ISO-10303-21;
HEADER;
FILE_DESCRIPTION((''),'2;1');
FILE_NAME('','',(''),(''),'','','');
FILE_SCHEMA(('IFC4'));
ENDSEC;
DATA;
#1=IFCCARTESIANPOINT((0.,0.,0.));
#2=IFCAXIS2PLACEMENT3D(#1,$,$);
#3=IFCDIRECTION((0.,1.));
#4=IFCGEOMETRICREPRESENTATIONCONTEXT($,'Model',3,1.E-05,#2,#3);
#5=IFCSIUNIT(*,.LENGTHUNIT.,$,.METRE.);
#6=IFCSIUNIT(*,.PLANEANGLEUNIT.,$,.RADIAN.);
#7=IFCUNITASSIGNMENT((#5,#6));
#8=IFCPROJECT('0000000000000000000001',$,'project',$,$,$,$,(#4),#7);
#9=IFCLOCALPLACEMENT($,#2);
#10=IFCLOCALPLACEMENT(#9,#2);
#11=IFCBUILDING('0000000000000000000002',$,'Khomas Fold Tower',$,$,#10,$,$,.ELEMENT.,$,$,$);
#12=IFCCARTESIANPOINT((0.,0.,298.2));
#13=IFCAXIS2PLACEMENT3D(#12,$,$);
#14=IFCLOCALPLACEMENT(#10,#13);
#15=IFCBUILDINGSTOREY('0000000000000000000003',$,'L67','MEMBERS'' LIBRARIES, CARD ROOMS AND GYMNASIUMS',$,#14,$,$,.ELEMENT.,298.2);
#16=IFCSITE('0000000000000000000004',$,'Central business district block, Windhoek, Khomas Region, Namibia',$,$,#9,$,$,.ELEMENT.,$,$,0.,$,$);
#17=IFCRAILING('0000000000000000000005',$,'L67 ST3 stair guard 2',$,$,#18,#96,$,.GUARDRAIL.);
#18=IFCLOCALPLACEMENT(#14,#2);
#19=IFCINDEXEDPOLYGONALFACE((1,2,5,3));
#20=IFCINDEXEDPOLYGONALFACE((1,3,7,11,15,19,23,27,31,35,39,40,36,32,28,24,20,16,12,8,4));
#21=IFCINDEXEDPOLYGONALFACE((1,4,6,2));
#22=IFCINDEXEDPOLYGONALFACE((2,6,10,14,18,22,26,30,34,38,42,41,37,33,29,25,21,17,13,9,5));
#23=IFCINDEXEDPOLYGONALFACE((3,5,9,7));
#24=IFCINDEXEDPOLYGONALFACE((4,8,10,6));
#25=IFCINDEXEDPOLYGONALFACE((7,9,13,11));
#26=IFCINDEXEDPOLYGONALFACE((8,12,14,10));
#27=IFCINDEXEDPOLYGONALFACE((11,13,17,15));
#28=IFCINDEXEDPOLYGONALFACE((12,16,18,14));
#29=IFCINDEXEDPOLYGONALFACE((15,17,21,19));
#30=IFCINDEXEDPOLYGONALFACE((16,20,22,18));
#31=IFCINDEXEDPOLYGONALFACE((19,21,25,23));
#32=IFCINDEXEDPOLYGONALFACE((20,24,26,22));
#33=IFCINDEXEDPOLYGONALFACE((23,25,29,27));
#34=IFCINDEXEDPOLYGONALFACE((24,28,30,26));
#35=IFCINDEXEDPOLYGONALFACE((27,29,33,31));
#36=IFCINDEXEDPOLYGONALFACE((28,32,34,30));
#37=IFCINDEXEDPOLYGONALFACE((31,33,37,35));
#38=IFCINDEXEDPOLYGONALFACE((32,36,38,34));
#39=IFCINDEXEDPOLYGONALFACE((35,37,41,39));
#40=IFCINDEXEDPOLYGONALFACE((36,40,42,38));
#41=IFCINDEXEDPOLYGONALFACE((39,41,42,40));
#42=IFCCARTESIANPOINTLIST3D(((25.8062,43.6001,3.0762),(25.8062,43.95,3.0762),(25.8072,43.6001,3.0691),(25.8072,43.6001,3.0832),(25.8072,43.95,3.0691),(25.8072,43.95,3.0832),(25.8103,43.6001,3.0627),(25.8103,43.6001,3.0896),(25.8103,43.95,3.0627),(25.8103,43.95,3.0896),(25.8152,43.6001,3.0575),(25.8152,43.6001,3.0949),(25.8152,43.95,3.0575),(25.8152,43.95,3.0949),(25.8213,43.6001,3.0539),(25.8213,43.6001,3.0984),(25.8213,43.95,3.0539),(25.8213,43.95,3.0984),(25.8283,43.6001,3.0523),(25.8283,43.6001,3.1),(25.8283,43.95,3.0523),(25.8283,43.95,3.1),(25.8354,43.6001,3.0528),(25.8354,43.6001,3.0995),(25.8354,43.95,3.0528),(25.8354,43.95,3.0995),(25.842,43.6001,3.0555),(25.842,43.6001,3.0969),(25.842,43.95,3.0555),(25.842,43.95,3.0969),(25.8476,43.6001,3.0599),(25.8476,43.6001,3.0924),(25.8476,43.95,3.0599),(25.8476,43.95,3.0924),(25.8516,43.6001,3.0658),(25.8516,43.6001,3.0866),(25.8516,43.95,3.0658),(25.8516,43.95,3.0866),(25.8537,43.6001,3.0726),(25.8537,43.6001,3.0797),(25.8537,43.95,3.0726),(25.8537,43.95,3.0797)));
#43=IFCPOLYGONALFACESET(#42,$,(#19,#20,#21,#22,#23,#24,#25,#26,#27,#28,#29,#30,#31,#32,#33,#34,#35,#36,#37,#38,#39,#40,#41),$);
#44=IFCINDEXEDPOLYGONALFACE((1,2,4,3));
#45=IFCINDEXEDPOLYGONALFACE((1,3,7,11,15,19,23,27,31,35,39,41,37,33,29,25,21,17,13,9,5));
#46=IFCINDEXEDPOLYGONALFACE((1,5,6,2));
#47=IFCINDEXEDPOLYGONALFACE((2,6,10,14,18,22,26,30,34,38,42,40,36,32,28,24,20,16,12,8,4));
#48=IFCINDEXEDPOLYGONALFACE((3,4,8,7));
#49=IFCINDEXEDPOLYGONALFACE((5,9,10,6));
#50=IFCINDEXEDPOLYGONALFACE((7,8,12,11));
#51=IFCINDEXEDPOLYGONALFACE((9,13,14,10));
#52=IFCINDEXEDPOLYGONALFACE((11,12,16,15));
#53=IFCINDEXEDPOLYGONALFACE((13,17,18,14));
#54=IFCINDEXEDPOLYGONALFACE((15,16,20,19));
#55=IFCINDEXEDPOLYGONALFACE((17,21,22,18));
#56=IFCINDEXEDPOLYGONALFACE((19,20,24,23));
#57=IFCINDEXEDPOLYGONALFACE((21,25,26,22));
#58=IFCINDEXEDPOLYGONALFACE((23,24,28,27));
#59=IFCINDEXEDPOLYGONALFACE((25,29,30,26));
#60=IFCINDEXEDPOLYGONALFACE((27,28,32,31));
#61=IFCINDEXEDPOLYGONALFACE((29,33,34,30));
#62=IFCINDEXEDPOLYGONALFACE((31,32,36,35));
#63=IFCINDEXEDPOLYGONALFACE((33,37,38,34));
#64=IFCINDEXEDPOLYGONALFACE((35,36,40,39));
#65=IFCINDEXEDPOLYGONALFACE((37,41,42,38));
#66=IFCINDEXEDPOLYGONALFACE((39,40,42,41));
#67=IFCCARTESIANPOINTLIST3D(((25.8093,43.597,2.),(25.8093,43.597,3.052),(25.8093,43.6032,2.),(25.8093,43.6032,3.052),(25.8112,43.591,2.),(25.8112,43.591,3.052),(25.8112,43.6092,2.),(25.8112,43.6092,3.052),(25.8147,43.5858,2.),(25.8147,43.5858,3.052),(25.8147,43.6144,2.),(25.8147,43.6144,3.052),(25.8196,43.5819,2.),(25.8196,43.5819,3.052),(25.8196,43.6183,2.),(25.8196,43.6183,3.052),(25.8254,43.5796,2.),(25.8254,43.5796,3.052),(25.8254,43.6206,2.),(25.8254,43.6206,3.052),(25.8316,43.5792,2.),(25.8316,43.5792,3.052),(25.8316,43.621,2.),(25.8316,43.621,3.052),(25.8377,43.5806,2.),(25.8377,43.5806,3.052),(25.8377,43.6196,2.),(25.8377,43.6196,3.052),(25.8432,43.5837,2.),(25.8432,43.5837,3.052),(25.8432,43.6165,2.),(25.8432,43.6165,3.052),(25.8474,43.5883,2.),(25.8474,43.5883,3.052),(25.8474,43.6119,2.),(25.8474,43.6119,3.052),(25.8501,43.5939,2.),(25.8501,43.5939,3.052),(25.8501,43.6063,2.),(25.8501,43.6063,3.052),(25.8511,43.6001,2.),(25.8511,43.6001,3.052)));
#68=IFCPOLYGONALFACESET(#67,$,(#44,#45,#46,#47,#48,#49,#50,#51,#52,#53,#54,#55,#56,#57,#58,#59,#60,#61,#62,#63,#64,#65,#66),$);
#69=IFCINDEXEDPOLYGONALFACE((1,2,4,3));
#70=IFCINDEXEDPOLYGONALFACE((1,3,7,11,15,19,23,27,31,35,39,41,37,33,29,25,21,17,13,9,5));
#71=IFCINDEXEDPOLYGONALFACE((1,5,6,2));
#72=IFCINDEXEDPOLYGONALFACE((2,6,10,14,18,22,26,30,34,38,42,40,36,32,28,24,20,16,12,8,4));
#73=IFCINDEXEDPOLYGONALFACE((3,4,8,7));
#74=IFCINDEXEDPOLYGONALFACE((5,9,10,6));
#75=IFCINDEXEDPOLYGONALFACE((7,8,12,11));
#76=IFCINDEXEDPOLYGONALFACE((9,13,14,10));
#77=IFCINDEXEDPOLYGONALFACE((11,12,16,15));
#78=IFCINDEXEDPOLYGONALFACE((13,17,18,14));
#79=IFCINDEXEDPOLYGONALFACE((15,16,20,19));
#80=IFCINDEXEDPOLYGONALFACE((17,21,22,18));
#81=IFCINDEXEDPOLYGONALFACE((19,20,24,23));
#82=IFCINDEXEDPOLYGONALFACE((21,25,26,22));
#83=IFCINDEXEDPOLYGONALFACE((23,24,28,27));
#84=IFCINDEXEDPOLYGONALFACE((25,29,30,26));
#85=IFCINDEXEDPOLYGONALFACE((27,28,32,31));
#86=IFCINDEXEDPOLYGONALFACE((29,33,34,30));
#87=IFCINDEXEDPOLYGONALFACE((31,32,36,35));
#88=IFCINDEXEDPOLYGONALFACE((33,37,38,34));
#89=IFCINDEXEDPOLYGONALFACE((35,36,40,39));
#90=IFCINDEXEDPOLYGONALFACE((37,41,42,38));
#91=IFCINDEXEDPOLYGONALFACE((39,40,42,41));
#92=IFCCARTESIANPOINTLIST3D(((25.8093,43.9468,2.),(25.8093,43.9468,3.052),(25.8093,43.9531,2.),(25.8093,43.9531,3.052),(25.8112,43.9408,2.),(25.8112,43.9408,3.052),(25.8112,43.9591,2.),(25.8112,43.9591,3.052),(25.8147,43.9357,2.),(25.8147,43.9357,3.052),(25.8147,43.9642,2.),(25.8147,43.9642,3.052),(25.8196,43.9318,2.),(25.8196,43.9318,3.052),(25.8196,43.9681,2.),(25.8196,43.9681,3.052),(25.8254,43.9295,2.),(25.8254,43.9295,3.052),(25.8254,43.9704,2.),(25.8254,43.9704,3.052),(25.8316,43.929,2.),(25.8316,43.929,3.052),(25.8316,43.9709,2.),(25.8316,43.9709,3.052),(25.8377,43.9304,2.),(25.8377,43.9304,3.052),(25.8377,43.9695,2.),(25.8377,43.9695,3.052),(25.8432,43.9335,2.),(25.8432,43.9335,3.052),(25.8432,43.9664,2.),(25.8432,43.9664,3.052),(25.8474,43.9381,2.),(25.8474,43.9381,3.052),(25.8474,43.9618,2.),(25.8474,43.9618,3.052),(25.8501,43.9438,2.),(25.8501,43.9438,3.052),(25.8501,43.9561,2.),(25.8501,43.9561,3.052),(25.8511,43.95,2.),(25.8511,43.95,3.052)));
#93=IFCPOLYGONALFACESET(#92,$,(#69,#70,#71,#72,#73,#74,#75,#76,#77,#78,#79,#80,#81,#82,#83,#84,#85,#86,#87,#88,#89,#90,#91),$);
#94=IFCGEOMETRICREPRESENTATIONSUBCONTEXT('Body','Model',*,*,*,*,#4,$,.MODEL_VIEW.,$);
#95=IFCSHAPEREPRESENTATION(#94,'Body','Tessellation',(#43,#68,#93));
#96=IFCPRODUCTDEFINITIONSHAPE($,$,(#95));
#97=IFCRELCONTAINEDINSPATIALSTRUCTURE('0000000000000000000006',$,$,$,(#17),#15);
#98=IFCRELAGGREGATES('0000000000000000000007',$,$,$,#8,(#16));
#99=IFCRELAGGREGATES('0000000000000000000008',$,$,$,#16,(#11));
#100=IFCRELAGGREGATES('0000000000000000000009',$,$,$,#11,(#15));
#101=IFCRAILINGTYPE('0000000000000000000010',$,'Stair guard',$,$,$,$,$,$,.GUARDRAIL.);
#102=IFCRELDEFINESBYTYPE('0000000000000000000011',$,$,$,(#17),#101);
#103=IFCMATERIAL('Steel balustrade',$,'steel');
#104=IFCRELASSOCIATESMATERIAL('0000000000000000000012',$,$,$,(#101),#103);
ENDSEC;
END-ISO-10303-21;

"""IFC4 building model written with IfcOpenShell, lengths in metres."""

from ifc_helpers import new_model, si_unit, direction, frame, origin, origin_2d, place, context, subcontext, project, spatial, circle, extrude, source, transform, mapped, material, type_object, element, save


model = new_model("IFC4")

# Units and contexts
model_context = context("Model", 3, precision=1e-05, world=origin(), true_north=direction((0.0, 1.0)))
body_context = subcontext(model_context, "Body", "Model", "MODEL_VIEW")
ifc_project = project(units=[si_unit("LENGTHUNIT", "METRE"), si_unit("PLANEANGLEUNIT", "RADIAN")], contexts=[model_context])

# Site, building, storey
site_placement = place(None, origin())
site = spatial("IfcSite", under=ifc_project, at=site_placement, Name="Central business district block, Windhoek, Khomas Region, Namibia", CompositionType="ELEMENT", RefElevation=0.0)
building_placement = place(site_placement, origin())
building = spatial("IfcBuilding", under=site, at=building_placement, Name="Khomas Fold Tower", CompositionType="ELEMENT")
storey_placement = place(building_placement, frame((0.0, 0.0, 298.2)))
storey = spatial("IfcBuildingStorey", under=building, at=storey_placement, Name="L67", Description="MEMBERS' LIBRARIES, CARD ROOMS AND GYMNASIUMS", CompositionType="ELEMENT", Elevation=298.2)

# Railing
ifc_material_1 = material(Name="Steel balustrade", Category="steel")
railing_type_1 = type_object("IfcRailingType", Name="Stair guard", PredefinedType="GUARDRAIL", material=ifc_material_1)
shared_shape_1 = source(origin(), body_context, "Body", "SweptSolid", [
    extrude(circle(Radius=0.0239, at=origin_2d()), frame((0.0, 0.0, 1.0762), z_axis=(0.0, 1.0, 0.0), x_axis=(-1.0, 0.0, 0.0)), (0.0, 0.0, 1.0), 0.3499),
    extrude(circle(Radius=0.021, at=origin_2d()), origin(), (0.0, 0.0, 1.0), 1.052),
    extrude(circle(Radius=0.021, at=origin_2d()), frame((0.0, 0.3499, 0.0)), (0.0, 0.0, 1.0), 1.052),
])
railing_1_placement = place(storey_placement, frame((25.8301, 43.6001, 2.0)))
element("IfcRailing", 1, at=railing_1_placement, inside=storey, type_object=railing_type_1, Name="L67 ST3 stair guard 2", PredefinedType="GUARDRAIL", context=body_context, shape_type="MappedRepresentation", body=[
    mapped(shared_shape_1, transform((0.0, 0.0, 0.0))),
])

save(model, "model.ifc")
